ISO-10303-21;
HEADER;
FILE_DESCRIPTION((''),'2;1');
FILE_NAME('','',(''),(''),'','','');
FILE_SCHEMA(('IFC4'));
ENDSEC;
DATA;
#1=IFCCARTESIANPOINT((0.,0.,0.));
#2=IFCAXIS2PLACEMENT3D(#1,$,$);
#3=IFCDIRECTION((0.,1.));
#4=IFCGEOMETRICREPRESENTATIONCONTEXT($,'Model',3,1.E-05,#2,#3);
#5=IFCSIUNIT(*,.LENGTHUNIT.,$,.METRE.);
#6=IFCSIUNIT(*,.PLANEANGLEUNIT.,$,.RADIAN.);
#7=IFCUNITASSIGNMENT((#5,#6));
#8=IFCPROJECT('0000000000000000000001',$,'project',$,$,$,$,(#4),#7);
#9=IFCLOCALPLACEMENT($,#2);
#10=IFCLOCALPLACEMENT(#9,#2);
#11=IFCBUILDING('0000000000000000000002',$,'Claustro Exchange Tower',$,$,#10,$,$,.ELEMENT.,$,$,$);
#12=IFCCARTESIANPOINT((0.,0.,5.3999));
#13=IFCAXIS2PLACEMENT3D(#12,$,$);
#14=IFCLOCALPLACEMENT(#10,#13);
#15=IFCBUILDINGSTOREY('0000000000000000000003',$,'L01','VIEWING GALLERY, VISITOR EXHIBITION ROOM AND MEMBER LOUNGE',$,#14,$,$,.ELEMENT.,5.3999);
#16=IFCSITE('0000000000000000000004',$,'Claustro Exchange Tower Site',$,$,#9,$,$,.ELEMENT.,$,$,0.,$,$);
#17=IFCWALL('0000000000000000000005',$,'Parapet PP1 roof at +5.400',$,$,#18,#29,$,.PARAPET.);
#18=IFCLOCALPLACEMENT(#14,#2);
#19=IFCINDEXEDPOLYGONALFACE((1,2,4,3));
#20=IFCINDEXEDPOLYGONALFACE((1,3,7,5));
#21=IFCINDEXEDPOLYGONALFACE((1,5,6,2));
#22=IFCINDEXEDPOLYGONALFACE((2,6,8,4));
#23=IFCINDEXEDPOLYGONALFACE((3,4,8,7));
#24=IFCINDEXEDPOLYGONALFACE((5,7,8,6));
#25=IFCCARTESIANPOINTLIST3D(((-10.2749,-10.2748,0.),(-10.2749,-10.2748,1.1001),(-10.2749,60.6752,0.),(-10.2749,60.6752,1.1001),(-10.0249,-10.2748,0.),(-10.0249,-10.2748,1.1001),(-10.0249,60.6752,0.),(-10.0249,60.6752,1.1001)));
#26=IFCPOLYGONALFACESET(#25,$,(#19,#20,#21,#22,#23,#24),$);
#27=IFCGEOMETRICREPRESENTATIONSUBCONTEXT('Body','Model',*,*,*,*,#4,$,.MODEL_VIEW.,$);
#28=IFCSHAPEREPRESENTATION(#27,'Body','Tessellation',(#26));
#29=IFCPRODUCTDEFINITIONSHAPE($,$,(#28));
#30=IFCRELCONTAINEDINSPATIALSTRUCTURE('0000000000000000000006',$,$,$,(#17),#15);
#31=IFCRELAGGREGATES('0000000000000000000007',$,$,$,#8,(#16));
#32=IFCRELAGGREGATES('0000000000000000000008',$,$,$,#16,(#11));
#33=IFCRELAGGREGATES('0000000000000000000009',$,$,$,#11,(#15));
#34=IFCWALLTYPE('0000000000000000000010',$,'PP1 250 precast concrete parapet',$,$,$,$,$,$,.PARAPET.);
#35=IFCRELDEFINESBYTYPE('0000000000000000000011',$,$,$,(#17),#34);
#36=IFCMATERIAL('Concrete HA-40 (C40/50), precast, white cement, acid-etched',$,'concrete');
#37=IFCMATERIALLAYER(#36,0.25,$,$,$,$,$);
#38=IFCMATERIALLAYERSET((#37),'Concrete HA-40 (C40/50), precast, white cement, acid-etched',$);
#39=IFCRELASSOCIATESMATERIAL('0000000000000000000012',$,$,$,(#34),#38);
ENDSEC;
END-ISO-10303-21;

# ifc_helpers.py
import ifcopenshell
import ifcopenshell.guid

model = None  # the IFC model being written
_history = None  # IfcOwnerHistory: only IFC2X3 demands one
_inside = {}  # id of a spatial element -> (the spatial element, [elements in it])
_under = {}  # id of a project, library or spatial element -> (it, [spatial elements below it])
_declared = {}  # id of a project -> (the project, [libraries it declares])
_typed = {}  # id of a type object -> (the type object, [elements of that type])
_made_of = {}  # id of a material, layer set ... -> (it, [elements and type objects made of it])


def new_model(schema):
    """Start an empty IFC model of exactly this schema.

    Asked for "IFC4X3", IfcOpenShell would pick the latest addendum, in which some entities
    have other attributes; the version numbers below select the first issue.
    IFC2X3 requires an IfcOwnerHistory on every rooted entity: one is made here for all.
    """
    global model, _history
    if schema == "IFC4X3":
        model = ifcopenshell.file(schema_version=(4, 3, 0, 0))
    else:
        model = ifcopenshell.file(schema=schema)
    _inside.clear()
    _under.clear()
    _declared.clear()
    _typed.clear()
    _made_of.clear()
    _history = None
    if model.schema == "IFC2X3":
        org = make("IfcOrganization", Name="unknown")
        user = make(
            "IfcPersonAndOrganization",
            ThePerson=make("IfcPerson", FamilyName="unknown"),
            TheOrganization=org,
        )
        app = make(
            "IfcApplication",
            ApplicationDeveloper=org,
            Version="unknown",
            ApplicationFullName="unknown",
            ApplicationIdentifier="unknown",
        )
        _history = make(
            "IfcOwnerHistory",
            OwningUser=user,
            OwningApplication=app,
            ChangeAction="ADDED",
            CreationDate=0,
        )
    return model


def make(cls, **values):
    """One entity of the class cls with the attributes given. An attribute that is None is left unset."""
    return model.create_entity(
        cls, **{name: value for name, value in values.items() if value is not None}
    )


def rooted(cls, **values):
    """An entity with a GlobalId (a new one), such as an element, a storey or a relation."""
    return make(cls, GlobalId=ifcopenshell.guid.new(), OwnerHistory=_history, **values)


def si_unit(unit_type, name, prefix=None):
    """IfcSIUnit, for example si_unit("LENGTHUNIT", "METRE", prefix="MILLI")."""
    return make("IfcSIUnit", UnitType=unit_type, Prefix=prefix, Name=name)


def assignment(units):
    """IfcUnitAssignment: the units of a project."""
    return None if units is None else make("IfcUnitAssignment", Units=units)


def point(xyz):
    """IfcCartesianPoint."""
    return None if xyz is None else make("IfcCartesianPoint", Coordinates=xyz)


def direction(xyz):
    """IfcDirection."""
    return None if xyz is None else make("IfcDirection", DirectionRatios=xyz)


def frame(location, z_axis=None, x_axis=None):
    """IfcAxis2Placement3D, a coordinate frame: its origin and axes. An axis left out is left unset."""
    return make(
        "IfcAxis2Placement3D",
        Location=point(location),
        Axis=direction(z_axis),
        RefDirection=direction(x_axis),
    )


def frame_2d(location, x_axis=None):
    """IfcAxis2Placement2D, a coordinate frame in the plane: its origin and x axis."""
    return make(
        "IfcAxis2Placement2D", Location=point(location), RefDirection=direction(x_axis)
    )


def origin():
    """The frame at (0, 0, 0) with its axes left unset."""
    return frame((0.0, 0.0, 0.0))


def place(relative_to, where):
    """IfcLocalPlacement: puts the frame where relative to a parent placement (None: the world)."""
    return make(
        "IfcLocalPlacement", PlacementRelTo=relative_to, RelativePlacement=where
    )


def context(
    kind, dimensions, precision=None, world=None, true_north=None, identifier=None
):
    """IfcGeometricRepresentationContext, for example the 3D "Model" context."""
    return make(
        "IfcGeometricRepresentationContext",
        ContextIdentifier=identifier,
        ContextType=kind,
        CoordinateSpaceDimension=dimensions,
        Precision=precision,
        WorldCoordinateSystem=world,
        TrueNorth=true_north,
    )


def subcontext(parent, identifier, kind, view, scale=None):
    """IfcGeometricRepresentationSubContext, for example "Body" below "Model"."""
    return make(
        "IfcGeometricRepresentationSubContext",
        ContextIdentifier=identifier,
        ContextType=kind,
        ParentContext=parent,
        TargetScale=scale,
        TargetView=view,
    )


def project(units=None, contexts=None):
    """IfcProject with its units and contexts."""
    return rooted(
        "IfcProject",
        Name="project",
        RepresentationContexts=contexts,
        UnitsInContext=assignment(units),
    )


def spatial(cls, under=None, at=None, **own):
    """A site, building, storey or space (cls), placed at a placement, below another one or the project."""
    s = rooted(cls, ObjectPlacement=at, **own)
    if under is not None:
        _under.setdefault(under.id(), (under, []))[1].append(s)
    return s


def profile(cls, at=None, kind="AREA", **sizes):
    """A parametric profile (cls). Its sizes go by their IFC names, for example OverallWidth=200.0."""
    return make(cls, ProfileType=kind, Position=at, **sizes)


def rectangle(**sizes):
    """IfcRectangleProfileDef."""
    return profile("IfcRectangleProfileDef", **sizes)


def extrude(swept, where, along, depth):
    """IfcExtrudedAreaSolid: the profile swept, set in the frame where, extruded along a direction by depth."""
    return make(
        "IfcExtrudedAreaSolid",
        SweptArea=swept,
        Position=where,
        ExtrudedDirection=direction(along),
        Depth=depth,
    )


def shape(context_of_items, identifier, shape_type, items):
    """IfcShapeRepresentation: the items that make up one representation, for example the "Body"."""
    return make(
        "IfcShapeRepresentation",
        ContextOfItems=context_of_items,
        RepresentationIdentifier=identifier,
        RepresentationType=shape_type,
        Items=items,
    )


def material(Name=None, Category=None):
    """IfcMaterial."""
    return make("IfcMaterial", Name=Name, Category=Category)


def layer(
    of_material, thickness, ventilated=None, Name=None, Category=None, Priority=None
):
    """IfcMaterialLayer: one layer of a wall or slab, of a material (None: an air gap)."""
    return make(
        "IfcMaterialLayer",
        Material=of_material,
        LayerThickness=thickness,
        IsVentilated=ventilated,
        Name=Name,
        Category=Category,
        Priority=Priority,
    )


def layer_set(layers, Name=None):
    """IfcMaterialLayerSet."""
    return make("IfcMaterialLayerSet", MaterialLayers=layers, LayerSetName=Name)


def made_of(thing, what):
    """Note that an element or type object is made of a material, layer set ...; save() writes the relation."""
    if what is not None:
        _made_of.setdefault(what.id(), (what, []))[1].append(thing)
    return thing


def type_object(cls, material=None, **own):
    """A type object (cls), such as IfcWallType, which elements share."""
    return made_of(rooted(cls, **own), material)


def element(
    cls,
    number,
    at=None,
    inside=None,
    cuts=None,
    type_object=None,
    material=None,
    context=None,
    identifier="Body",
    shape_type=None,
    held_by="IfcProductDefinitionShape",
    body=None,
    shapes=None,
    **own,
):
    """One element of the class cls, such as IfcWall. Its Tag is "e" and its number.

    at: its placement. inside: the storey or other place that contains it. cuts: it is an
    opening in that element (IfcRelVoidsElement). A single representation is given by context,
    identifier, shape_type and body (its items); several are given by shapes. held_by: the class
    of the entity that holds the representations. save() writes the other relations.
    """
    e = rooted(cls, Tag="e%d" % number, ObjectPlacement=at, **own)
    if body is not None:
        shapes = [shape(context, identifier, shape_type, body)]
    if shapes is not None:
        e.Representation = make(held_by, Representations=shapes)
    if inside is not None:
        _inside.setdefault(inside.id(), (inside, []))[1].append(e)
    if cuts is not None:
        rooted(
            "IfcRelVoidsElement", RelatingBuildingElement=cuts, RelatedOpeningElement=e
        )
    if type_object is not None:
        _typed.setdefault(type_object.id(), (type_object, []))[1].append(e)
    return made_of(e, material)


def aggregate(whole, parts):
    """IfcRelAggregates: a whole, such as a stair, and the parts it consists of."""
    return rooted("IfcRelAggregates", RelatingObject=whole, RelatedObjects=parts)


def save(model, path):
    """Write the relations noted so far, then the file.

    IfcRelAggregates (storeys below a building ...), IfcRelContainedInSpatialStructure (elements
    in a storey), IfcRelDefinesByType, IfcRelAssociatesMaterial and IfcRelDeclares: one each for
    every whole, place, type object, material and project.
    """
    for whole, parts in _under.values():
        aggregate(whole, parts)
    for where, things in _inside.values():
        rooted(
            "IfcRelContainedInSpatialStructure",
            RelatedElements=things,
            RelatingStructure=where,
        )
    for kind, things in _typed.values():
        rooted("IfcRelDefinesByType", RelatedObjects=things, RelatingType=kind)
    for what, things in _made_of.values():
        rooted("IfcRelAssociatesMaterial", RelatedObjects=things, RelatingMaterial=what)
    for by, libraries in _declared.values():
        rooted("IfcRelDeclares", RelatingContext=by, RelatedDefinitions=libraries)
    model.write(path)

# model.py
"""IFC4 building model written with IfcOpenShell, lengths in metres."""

from ifc_helpers import new_model, si_unit, direction, frame, frame_2d, origin, place, context, subcontext, project, spatial, rectangle, extrude, material, layer, layer_set, type_object, element, save


model = new_model("IFC4")

# Units and contexts
model_context = context("Model", 3, precision=1e-05, world=origin(), true_north=direction((0.0, 1.0)))
body_context = subcontext(model_context, "Body", "Model", "MODEL_VIEW")
ifc_project = project(units=[si_unit("LENGTHUNIT", "METRE"), si_unit("PLANEANGLEUNIT", "RADIAN")], contexts=[model_context])

# Site, building, storey
site_placement = place(None, origin())
site = spatial("IfcSite", under=ifc_project, at=site_placement, Name="Claustro Exchange Tower Site", CompositionType="ELEMENT", RefElevation=0.0)
building_placement = place(site_placement, origin())
building = spatial("IfcBuilding", under=site, at=building_placement, Name="Claustro Exchange Tower", CompositionType="ELEMENT")
storey_placement = place(building_placement, frame((0.0, 0.0, 5.3999)))
storey = spatial("IfcBuildingStorey", under=building, at=storey_placement, Name="L01", Description="VIEWING GALLERY, VISITOR EXHIBITION ROOM AND MEMBER LOUNGE", CompositionType="ELEMENT", Elevation=5.3999)

# Wall
ifc_material_1 = material(Name="Concrete HA-40 (C40/50), precast, white cement, acid-etched", Category="concrete")
ifc_layer_1 = layer(ifc_material_1, 0.25)
ifc_layer_set_1 = layer_set([ifc_layer_1], Name="Concrete HA-40 (C40/50), precast, white cement, acid-etched")
wall_type_1 = type_object("IfcWallType", Name="PP1 250 precast concrete parapet", PredefinedType="PARAPET", material=ifc_layer_set_1)
wall_1_placement = place(storey_placement, frame((-10.1499, -10.2749, 0.0), z_axis=(0.0, 0.0, 1.0), x_axis=(0.0, 1.0, 0.0)))
element("IfcWall", 1, at=wall_1_placement, inside=storey, type_object=wall_type_1, Name="Parapet PP1 roof at +5.400", PredefinedType="PARAPET", context=body_context, shape_type="SweptSolid", body=[
    extrude(rectangle(XDim=70.95, YDim=0.25, at=frame_2d((35.4751, 0.0))), origin(), (0.0, 0.0, 1.0), 1.1001),
])

save(model, "model.ifc")
